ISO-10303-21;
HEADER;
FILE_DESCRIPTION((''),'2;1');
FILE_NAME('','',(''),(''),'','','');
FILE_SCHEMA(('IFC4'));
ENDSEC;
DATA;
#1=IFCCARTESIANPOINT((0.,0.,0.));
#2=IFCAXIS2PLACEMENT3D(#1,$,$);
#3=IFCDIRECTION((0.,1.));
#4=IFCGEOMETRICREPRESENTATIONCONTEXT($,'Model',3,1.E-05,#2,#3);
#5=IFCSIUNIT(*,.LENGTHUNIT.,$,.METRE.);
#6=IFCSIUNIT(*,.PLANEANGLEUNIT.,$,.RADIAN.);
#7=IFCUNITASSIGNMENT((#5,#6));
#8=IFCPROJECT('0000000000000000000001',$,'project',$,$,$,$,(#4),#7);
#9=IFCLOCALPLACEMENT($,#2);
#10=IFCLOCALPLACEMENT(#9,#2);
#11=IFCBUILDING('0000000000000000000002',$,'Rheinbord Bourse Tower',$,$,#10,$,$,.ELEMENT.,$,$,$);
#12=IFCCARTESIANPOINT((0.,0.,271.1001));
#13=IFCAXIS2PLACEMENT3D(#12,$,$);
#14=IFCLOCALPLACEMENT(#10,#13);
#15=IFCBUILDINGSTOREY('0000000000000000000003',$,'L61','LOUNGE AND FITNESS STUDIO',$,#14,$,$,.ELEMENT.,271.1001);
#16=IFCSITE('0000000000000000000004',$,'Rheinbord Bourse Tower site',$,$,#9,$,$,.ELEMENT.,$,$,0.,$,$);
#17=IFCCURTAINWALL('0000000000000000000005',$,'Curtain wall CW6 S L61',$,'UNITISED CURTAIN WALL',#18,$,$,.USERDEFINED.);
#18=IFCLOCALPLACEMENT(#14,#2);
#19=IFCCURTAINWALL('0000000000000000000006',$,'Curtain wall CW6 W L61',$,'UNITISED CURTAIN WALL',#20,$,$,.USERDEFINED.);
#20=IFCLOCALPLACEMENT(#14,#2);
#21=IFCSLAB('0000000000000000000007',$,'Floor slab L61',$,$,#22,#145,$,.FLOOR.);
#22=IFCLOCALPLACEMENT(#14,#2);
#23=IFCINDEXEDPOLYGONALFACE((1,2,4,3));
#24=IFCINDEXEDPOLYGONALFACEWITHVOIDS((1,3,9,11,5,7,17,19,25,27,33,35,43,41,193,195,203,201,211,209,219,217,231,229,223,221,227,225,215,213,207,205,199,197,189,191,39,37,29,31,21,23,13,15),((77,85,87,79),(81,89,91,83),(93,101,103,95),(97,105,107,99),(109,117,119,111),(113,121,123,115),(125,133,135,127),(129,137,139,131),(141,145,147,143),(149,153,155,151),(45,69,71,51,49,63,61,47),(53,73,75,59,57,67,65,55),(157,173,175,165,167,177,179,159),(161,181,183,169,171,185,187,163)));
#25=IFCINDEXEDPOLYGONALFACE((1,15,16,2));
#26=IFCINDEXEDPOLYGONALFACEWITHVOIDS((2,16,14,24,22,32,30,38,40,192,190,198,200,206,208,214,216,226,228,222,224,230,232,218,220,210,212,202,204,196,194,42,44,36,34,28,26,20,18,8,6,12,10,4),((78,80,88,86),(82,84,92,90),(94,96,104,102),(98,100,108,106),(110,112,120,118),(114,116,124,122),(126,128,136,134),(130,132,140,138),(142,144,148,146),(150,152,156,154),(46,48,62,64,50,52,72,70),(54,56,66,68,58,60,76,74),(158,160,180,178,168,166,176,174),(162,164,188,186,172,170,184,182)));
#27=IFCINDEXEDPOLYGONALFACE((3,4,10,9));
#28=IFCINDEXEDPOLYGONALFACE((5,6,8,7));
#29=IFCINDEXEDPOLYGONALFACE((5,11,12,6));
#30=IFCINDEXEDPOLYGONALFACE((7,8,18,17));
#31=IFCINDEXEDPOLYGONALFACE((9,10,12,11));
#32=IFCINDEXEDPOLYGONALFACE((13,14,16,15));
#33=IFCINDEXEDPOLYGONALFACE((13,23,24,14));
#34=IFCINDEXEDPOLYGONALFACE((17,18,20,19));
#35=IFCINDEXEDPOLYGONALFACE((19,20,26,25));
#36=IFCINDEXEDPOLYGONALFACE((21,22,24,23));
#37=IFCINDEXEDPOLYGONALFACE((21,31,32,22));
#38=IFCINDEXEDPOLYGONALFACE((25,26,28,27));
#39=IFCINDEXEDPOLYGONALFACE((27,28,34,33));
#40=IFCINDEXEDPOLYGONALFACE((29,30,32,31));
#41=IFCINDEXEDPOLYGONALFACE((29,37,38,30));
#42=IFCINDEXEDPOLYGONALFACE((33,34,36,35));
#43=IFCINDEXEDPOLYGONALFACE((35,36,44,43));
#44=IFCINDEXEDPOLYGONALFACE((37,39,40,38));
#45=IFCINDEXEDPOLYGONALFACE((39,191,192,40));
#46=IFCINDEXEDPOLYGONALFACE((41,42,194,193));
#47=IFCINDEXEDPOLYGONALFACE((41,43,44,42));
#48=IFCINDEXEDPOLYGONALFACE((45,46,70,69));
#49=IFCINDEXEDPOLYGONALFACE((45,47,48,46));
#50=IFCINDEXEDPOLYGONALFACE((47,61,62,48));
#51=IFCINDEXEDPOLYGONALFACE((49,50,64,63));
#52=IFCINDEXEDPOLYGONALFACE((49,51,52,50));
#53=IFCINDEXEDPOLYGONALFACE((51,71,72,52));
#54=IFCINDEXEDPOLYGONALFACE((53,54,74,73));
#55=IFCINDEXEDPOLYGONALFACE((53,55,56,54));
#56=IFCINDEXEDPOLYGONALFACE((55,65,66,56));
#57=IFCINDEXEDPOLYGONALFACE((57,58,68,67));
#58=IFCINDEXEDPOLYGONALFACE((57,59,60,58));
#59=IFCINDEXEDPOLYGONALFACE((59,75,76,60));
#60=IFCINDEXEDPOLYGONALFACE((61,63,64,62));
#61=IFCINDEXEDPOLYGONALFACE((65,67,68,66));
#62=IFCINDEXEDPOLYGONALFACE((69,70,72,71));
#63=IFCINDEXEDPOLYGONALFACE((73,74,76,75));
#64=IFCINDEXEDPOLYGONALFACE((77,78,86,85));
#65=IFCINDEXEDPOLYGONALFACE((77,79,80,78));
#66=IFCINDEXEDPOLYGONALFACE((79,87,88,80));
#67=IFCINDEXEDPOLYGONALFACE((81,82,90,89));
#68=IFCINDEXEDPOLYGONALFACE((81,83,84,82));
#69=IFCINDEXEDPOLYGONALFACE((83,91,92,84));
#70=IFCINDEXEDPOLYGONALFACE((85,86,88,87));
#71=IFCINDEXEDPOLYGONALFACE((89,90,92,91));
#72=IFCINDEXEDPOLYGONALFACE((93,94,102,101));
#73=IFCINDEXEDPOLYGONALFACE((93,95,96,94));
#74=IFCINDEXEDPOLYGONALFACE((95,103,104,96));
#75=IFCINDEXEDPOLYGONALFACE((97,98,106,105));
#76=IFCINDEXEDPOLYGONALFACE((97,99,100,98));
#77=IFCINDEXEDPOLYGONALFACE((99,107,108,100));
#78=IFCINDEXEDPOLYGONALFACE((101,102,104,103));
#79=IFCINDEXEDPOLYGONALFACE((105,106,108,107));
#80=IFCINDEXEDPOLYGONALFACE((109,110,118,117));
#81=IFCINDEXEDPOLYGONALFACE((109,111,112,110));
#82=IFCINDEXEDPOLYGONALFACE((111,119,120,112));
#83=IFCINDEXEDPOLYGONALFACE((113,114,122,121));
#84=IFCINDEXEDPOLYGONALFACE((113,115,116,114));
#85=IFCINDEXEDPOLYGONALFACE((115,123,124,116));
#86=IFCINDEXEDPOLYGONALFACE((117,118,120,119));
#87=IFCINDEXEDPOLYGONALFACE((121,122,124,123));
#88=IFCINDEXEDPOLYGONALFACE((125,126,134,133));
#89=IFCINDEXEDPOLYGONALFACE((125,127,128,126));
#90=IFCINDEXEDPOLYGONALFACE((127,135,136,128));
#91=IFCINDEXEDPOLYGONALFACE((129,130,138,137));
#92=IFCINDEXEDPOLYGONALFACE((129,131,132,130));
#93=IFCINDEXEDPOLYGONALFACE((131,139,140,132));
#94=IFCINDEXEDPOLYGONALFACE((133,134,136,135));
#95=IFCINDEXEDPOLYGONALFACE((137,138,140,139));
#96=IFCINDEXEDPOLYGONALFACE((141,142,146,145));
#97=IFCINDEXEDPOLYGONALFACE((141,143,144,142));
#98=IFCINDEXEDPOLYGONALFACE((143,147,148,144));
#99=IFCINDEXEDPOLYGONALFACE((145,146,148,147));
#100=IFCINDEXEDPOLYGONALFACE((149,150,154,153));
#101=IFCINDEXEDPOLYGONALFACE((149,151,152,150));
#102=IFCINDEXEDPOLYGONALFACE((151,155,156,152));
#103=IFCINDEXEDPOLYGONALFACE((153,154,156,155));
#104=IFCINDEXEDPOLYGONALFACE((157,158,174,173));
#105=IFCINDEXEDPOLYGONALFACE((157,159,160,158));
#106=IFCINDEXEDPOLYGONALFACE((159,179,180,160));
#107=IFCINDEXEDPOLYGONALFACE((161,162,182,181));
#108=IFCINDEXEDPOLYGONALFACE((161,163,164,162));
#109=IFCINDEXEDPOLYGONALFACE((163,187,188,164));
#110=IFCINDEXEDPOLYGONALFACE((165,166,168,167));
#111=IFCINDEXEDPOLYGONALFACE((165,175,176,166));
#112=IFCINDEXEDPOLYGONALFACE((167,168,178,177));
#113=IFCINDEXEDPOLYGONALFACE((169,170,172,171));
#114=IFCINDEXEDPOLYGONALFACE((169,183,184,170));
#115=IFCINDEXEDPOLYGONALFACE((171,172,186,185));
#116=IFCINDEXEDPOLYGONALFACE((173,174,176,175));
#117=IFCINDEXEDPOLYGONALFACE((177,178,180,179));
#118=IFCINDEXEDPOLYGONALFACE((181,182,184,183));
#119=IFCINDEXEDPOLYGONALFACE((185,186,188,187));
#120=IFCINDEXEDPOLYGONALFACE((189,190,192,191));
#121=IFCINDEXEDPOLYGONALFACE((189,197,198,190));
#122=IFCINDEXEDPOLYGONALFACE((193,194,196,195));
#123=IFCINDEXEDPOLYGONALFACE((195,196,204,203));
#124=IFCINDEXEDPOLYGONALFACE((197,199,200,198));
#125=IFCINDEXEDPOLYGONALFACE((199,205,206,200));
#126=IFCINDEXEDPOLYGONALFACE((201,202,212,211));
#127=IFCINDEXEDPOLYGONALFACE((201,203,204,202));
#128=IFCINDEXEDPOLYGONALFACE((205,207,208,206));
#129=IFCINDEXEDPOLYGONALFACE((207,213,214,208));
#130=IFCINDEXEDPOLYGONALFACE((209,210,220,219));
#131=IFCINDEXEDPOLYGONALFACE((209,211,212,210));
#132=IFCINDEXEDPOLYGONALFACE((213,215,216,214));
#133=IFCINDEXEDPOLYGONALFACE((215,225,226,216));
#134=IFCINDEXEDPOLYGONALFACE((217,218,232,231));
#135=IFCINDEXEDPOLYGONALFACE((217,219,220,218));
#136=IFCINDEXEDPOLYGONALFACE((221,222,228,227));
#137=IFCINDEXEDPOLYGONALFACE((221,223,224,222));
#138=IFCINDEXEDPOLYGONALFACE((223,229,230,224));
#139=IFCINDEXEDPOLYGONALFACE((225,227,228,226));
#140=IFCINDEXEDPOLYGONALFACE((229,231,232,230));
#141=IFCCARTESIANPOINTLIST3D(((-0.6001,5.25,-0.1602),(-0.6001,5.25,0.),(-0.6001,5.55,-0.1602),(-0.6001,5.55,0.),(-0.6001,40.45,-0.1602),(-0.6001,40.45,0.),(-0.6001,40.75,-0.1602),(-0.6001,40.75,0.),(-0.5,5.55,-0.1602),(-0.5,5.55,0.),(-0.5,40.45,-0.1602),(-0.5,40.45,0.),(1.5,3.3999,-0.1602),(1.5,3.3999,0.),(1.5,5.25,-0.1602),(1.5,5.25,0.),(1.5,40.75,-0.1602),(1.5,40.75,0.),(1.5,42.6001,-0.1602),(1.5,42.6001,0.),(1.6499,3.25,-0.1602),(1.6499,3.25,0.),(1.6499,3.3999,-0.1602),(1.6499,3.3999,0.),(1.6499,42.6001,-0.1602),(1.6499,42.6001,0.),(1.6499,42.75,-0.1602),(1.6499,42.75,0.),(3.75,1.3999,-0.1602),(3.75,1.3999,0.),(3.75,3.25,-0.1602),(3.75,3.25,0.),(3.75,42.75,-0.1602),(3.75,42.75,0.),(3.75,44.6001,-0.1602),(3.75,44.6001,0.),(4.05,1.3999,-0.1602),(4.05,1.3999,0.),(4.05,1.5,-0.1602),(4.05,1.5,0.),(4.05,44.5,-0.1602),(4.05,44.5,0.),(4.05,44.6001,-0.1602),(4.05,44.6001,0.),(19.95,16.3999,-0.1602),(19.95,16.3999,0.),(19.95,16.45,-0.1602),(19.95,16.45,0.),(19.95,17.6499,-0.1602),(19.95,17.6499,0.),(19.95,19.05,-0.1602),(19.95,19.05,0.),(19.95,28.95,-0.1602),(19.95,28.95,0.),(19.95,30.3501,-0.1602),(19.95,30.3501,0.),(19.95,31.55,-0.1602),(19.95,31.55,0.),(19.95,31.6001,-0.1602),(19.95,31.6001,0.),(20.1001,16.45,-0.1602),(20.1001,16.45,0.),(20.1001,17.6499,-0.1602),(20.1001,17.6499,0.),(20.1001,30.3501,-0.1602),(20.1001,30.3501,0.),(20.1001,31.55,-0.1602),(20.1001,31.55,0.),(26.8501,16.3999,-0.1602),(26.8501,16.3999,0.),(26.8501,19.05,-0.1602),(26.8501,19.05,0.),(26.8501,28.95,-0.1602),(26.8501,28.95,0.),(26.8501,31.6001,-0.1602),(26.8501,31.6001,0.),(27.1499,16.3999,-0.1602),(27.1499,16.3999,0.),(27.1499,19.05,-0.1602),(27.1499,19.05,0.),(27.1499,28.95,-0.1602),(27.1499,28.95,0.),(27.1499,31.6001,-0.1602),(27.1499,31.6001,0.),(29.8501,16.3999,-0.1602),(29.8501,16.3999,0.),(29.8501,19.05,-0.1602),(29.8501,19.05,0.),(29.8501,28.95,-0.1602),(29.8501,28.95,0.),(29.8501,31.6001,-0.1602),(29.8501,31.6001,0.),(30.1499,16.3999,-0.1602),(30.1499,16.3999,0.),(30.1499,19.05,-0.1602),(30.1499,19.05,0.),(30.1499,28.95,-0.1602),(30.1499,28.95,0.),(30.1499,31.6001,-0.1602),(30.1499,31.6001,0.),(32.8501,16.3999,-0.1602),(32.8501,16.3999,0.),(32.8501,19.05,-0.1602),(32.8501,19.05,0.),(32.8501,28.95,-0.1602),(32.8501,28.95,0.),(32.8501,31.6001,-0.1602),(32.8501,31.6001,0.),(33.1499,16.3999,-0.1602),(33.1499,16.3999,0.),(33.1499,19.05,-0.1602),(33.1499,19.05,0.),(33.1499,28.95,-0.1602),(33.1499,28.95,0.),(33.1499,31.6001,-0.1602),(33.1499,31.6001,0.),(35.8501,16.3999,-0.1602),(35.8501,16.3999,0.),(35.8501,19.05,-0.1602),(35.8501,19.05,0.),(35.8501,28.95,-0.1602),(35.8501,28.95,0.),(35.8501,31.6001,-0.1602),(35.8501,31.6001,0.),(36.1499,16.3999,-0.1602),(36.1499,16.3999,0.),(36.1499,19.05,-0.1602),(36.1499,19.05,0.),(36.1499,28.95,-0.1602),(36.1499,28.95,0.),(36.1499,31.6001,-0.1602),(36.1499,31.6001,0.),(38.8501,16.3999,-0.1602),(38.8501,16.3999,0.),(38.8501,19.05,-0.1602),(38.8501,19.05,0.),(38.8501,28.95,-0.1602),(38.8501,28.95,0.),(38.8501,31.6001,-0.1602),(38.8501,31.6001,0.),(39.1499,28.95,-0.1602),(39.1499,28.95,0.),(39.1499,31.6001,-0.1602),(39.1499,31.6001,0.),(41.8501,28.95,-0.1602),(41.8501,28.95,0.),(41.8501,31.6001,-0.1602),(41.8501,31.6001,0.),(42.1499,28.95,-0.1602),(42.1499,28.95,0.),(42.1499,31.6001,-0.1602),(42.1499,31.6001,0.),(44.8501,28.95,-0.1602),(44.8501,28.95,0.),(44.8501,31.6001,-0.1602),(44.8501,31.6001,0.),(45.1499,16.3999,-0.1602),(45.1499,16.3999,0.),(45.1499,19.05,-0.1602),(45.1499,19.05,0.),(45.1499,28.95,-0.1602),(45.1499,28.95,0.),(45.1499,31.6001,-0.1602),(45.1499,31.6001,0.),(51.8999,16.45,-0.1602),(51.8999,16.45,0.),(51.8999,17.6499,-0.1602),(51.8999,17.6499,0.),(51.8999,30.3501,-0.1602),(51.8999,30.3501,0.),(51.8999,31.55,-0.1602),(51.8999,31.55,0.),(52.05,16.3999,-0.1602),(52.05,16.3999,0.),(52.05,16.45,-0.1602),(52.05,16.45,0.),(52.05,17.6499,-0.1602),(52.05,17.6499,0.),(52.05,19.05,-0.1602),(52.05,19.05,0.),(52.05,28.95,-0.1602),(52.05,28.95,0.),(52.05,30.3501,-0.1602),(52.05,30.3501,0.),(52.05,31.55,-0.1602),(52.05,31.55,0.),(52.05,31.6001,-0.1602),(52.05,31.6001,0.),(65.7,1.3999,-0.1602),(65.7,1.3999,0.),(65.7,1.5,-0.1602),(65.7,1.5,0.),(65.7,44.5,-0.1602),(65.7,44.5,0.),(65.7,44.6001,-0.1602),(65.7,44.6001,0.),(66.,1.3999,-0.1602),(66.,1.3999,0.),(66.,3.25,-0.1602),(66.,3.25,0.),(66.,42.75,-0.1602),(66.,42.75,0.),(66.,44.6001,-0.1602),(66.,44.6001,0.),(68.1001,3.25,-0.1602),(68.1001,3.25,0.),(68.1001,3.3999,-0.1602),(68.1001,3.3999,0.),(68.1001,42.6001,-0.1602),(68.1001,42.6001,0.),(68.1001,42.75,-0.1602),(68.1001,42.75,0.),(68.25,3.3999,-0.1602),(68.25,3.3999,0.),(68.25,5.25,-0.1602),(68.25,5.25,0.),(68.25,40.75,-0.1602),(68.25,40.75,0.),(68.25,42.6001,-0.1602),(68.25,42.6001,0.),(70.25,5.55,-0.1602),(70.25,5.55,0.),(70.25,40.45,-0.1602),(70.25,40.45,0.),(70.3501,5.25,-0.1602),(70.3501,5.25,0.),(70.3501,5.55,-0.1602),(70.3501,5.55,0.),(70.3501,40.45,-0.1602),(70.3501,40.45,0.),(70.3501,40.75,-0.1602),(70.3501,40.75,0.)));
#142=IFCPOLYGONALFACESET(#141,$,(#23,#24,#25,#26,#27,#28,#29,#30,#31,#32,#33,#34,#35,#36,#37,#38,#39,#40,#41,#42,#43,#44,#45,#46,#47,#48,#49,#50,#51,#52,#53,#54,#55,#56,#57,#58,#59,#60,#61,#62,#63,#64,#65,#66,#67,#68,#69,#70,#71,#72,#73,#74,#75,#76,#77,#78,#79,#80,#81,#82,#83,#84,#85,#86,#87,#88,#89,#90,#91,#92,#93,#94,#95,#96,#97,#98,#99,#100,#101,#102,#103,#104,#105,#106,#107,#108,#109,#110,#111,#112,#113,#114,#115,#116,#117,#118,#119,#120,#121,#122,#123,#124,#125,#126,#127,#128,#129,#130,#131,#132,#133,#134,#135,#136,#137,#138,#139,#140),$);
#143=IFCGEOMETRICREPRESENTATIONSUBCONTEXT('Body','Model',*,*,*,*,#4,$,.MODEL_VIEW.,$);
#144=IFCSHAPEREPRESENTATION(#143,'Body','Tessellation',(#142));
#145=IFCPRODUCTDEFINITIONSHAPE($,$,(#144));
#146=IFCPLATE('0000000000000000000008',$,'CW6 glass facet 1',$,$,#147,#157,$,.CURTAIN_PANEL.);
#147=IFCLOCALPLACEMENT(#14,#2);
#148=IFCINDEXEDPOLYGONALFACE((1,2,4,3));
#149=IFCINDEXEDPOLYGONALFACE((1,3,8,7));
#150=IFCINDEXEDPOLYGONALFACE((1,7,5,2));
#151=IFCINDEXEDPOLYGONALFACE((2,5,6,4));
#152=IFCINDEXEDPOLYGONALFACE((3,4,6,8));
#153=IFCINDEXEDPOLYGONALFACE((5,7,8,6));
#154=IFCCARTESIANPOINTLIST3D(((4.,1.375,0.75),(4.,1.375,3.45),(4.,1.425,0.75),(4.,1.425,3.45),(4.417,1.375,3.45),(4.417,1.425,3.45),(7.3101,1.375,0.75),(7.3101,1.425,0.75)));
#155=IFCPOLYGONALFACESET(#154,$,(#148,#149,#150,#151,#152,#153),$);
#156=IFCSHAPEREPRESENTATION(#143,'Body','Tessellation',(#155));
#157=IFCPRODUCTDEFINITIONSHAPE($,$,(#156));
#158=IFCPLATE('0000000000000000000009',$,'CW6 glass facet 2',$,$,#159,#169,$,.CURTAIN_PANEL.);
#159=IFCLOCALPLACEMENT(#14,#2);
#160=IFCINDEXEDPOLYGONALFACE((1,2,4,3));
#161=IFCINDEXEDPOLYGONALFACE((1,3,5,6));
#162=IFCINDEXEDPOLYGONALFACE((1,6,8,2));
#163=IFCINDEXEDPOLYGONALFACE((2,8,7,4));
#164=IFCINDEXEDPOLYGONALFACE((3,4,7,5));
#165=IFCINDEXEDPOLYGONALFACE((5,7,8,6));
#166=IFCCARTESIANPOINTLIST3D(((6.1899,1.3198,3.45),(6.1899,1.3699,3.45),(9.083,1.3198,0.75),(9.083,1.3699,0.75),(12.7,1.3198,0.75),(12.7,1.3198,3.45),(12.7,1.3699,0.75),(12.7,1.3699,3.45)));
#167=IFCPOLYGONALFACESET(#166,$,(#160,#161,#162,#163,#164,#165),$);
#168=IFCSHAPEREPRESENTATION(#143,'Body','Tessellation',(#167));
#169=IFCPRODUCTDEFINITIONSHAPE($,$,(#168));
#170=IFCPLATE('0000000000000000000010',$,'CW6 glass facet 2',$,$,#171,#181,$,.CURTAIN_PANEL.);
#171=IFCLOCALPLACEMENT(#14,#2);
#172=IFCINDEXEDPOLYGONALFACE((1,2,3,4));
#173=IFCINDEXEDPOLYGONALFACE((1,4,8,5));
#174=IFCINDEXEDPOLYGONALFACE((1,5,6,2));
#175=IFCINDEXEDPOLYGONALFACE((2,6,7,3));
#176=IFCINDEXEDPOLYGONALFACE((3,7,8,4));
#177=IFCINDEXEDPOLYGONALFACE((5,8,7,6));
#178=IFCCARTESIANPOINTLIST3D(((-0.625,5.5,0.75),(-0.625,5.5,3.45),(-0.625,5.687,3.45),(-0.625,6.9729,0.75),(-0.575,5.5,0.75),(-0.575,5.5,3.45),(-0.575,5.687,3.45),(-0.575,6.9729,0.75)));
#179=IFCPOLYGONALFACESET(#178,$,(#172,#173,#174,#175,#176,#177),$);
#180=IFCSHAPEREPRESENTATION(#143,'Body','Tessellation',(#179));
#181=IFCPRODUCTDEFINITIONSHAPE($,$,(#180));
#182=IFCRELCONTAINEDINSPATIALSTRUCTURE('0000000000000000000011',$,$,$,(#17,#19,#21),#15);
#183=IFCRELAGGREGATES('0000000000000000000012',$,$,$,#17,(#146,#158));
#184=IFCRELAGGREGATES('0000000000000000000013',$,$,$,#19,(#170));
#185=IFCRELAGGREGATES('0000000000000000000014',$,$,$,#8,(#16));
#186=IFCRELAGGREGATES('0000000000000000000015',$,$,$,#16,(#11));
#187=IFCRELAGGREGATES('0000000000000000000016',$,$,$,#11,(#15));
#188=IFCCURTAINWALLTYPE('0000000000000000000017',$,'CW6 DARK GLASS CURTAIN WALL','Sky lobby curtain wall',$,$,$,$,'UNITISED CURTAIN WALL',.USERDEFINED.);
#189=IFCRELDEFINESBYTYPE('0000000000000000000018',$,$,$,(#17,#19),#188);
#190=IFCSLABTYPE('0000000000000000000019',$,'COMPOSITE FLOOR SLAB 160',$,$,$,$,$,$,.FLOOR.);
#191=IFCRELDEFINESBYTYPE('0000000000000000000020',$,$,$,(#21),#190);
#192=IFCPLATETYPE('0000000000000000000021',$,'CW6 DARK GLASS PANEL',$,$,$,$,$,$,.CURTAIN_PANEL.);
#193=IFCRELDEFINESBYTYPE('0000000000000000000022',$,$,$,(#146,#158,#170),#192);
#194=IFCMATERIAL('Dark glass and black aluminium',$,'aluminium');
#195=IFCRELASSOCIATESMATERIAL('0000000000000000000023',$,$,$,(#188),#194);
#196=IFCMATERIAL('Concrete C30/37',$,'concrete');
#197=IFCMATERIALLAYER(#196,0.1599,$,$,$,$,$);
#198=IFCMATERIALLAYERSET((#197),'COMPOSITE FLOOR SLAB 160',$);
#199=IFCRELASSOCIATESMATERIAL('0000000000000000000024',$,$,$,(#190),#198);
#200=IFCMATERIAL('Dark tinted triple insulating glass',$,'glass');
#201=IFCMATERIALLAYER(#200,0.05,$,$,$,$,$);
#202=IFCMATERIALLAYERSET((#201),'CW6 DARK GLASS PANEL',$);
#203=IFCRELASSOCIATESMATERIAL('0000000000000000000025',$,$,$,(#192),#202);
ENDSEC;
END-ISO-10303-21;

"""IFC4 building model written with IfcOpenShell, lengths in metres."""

from ifc_helpers import new_model, si_unit, direction, frame, origin, place, context, subcontext, project, spatial, polyline, outline, extrude, material, layer, layer_set, type_object, element, aggregate, save


model = new_model("IFC4")

# Units and contexts
model_context = context("Model", 3, precision=1e-05, world=origin(), true_north=direction((0.0, 1.0)))
body_context = subcontext(model_context, "Body", "Model", "MODEL_VIEW")
ifc_project = project(units=[si_unit("LENGTHUNIT", "METRE"), si_unit("PLANEANGLEUNIT", "RADIAN")], contexts=[model_context])

# Site, building, storey
site_placement = place(None, origin())
site = spatial("IfcSite", under=ifc_project, at=site_placement, Name="Rheinbord Bourse Tower site", CompositionType="ELEMENT", RefElevation=0.0)
building_placement = place(site_placement, origin())
building = spatial("IfcBuilding", under=site, at=building_placement, Name="Rheinbord Bourse Tower", CompositionType="ELEMENT")
storey_placement = place(building_placement, frame((0.0, 0.0, 271.1001)))
storey = spatial("IfcBuildingStorey", under=building, at=storey_placement, Name="L61", Description="LOUNGE AND FITNESS STUDIO", CompositionType="ELEMENT", Elevation=271.1001)

# Curtain wall
ifc_material_1 = material(Name="Dark glass and black aluminium", Category="aluminium")
curtain_wall_type = type_object("IfcCurtainWallType", Name="CW6 DARK GLASS CURTAIN WALL", Description="Sky lobby curtain wall", ElementType="UNITISED CURTAIN WALL", PredefinedType="USERDEFINED", material=ifc_material_1)
curtain_wall_1_placement = place(storey_placement, origin())
curtain_wall_1 = element("IfcCurtainWall", 1, at=curtain_wall_1_placement, inside=storey, type_object=curtain_wall_type, Name="Curtain wall CW6 S L61", ObjectType="UNITISED CURTAIN WALL", PredefinedType="USERDEFINED")

# Curtain wall
curtain_wall_2_placement = place(storey_placement, origin())
curtain_wall_2 = element("IfcCurtainWall", 2, at=curtain_wall_2_placement, inside=storey, type_object=curtain_wall_type, Name="Curtain wall CW6 W L61", ObjectType="UNITISED CURTAIN WALL", PredefinedType="USERDEFINED")

# Slab
ifc_material_2 = material(Name="Concrete C30/37", Category="concrete")
ifc_layer_1 = layer(ifc_material_2, 0.1599)
ifc_layer_set_1 = layer_set([ifc_layer_1], Name="COMPOSITE FLOOR SLAB 160")
slab_type_1 = type_object("IfcSlabType", Name="COMPOSITE FLOOR SLAB 160", PredefinedType="FLOOR", material=ifc_layer_set_1)
slab_1_placement = place(storey_placement, frame((0.0, 0.0, -0.1602)))
element("IfcSlab", 3, at=slab_1_placement, inside=storey, type_object=slab_type_1, Name="Floor slab L61", PredefinedType="FLOOR", context=body_context, shape_type="SweptSolid", body=[
    extrude(outline(polyline([(1.6499, 3.3999), (1.5, 3.3999), (1.5, 5.25), (-0.6001, 5.25), (-0.6001, 5.55), (-0.5, 5.55), (-0.5, 40.45), (-0.6001, 40.45), (-0.6001, 40.75), (1.5, 40.75), (1.5, 42.6001), (1.6499, 42.6001), (1.6499, 42.75), (3.75, 42.75), (3.75, 44.6001), (4.05, 44.6001), (4.05, 44.5), (65.7, 44.5), (65.7, 44.6001), (66.0, 44.6001), (66.0, 42.75), (68.1001, 42.75), (68.1001, 42.6001), (68.25, 42.6001), (68.25, 40.75), (70.3501, 40.75), (70.3501, 40.45), (70.25, 40.45), (70.25, 5.55), (70.3501, 5.55), (70.3501, 5.25), (68.25, 5.25), (68.25, 3.3999), (68.1001, 3.3999), (68.1001, 3.25), (66.0, 3.25), (66.0, 1.3999), (65.7, 1.3999), (65.7, 1.5), (4.05, 1.5), (4.05, 1.3999), (3.75, 1.3999), (3.75, 3.25), (1.6499, 3.25), (1.6499, 3.3999)]), holes=[polyline([(19.95, 19.05), (26.8501, 19.05), (26.8501, 16.3999), (19.95, 16.3999), (19.95, 16.45), (20.1001, 16.45), (20.1001, 17.6499), (19.95, 17.6499), (19.95, 19.05)]), polyline([(19.95, 31.6001), (26.8501, 31.6001), (26.8501, 28.95), (19.95, 28.95), (19.95, 30.3501), (20.1001, 30.3501), (20.1001, 31.55), (19.95, 31.55), (19.95, 31.6001)]), polyline([(52.05, 16.3999), (45.1499, 16.3999), (45.1499, 19.05), (52.05, 19.05), (52.05, 17.6499), (51.8999, 17.6499), (51.8999, 16.45), (52.05, 16.45), (52.05, 16.3999)]), polyline([(52.05, 28.95), (45.1499, 28.95), (45.1499, 31.6001), (52.05, 31.6001), (52.05, 31.55), (51.8999, 31.55), (51.8999, 30.3501), (52.05, 30.3501), (52.05, 28.95)]), polyline([(27.1499, 16.3999), (27.1499, 19.05), (29.8501, 19.05), (29.8501, 16.3999), (27.1499, 16.3999)]), polyline([(27.1499, 28.95), (27.1499, 31.6001), (29.8501, 31.6001), (29.8501, 28.95), (27.1499, 28.95)]), polyline([(30.1499, 16.3999), (30.1499, 19.05), (32.8501, 19.05), (32.8501, 16.3999), (30.1499, 16.3999)]), polyline([(30.1499, 28.95), (30.1499, 31.6001), (32.8501, 31.6001), (32.8501, 28.95), (30.1499, 28.95)]), polyline([(33.1499, 16.3999), (33.1499, 19.05), (35.8501, 19.05), (35.8501, 16.3999), (33.1499, 16.3999)]), polyline([(33.1499, 28.95), (33.1499, 31.6001), (35.8501, 31.6001), (35.8501, 28.95), (33.1499, 28.95)]), polyline([(36.1499, 16.3999), (36.1499, 19.05), (38.8501, 19.05), (38.8501, 16.3999), (36.1499, 16.3999)]), polyline([(36.1499, 28.95), (36.1499, 31.6001), (38.8501, 31.6001), (38.8501, 28.95), (36.1499, 28.95)]), polyline([(39.1499, 28.95), (39.1499, 31.6001), (41.8501, 31.6001), (41.8501, 28.95), (39.1499, 28.95)]), polyline([(42.1499, 28.95), (42.1499, 31.6001), (44.8501, 31.6001), (44.8501, 28.95), (42.1499, 28.95)])]), origin(), (0.0, 0.0, 1.0), 0.1602),
])

# Plates
ifc_material_3 = material(Name="Dark tinted triple insulating glass", Category="glass")
ifc_layer_2 = layer(ifc_material_3, 0.05)
ifc_layer_set_2 = layer_set([ifc_layer_2], Name="CW6 DARK GLASS PANEL")
plate_type = type_object("IfcPlateType", Name="CW6 DARK GLASS PANEL", PredefinedType="CURTAIN_PANEL", material=ifc_layer_set_2)
plate_1_placement = place(storey_placement, frame((4.0, 1.375, 0.75), z_axis=(0.0, 1.0, 0.0), x_axis=(0.0, 0.0, 1.0)))
plate_1 = element("IfcPlate", 4, at=plate_1_placement, type_object=plate_type, Name="CW6 glass facet 1", PredefinedType="CURTAIN_PANEL", context=body_context, shape_type="SweptSolid", body=[
    extrude(outline(polyline([(0.0, 0.0), (2.7, 0.0), (2.7, 0.417), (0.0, 3.3101), (0.0, 0.0)])), origin(), (0.0, 0.0, 1.0), 0.05),
])
plate_2_placement = place(storey_placement, frame((12.7, 1.3198, 3.45), z_axis=(0.0, 1.0, 0.0), x_axis=(0.0, 0.0, -1.0)))
plate_2 = element("IfcPlate", 5, at=plate_2_placement, type_object=plate_type, Name="CW6 glass facet 2", PredefinedType="CURTAIN_PANEL", context=body_context, shape_type="SweptSolid", body=[
    extrude(outline(polyline([(0.0, 0.0), (2.7, 0.0), (2.7, 3.6169), (0.0, 6.51), (0.0, 0.0)])), origin(), (0.0, 0.0, 1.0), 0.05),
])
aggregate(curtain_wall_1, [plate_1, plate_2])
plate_3_placement = place(storey_placement, frame((-0.625, 5.5, 3.45), z_axis=(1.0, 0.0, 0.0), x_axis=(0.0, 0.0, -1.0)))
plate_3 = element("IfcPlate", 6, at=plate_3_placement, type_object=plate_type, Name="CW6 glass facet 2", PredefinedType="CURTAIN_PANEL", context=body_context, shape_type="SweptSolid", body=[
    extrude(outline(polyline([(0.0, 0.0), (2.7, 0.0), (2.7, 1.4729), (0.0, 0.187), (0.0, 0.0)])), origin(), (0.0, 0.0, 1.0), 0.05),
])
aggregate(curtain_wall_2, [plate_3])

save(model, "model.ifc")
